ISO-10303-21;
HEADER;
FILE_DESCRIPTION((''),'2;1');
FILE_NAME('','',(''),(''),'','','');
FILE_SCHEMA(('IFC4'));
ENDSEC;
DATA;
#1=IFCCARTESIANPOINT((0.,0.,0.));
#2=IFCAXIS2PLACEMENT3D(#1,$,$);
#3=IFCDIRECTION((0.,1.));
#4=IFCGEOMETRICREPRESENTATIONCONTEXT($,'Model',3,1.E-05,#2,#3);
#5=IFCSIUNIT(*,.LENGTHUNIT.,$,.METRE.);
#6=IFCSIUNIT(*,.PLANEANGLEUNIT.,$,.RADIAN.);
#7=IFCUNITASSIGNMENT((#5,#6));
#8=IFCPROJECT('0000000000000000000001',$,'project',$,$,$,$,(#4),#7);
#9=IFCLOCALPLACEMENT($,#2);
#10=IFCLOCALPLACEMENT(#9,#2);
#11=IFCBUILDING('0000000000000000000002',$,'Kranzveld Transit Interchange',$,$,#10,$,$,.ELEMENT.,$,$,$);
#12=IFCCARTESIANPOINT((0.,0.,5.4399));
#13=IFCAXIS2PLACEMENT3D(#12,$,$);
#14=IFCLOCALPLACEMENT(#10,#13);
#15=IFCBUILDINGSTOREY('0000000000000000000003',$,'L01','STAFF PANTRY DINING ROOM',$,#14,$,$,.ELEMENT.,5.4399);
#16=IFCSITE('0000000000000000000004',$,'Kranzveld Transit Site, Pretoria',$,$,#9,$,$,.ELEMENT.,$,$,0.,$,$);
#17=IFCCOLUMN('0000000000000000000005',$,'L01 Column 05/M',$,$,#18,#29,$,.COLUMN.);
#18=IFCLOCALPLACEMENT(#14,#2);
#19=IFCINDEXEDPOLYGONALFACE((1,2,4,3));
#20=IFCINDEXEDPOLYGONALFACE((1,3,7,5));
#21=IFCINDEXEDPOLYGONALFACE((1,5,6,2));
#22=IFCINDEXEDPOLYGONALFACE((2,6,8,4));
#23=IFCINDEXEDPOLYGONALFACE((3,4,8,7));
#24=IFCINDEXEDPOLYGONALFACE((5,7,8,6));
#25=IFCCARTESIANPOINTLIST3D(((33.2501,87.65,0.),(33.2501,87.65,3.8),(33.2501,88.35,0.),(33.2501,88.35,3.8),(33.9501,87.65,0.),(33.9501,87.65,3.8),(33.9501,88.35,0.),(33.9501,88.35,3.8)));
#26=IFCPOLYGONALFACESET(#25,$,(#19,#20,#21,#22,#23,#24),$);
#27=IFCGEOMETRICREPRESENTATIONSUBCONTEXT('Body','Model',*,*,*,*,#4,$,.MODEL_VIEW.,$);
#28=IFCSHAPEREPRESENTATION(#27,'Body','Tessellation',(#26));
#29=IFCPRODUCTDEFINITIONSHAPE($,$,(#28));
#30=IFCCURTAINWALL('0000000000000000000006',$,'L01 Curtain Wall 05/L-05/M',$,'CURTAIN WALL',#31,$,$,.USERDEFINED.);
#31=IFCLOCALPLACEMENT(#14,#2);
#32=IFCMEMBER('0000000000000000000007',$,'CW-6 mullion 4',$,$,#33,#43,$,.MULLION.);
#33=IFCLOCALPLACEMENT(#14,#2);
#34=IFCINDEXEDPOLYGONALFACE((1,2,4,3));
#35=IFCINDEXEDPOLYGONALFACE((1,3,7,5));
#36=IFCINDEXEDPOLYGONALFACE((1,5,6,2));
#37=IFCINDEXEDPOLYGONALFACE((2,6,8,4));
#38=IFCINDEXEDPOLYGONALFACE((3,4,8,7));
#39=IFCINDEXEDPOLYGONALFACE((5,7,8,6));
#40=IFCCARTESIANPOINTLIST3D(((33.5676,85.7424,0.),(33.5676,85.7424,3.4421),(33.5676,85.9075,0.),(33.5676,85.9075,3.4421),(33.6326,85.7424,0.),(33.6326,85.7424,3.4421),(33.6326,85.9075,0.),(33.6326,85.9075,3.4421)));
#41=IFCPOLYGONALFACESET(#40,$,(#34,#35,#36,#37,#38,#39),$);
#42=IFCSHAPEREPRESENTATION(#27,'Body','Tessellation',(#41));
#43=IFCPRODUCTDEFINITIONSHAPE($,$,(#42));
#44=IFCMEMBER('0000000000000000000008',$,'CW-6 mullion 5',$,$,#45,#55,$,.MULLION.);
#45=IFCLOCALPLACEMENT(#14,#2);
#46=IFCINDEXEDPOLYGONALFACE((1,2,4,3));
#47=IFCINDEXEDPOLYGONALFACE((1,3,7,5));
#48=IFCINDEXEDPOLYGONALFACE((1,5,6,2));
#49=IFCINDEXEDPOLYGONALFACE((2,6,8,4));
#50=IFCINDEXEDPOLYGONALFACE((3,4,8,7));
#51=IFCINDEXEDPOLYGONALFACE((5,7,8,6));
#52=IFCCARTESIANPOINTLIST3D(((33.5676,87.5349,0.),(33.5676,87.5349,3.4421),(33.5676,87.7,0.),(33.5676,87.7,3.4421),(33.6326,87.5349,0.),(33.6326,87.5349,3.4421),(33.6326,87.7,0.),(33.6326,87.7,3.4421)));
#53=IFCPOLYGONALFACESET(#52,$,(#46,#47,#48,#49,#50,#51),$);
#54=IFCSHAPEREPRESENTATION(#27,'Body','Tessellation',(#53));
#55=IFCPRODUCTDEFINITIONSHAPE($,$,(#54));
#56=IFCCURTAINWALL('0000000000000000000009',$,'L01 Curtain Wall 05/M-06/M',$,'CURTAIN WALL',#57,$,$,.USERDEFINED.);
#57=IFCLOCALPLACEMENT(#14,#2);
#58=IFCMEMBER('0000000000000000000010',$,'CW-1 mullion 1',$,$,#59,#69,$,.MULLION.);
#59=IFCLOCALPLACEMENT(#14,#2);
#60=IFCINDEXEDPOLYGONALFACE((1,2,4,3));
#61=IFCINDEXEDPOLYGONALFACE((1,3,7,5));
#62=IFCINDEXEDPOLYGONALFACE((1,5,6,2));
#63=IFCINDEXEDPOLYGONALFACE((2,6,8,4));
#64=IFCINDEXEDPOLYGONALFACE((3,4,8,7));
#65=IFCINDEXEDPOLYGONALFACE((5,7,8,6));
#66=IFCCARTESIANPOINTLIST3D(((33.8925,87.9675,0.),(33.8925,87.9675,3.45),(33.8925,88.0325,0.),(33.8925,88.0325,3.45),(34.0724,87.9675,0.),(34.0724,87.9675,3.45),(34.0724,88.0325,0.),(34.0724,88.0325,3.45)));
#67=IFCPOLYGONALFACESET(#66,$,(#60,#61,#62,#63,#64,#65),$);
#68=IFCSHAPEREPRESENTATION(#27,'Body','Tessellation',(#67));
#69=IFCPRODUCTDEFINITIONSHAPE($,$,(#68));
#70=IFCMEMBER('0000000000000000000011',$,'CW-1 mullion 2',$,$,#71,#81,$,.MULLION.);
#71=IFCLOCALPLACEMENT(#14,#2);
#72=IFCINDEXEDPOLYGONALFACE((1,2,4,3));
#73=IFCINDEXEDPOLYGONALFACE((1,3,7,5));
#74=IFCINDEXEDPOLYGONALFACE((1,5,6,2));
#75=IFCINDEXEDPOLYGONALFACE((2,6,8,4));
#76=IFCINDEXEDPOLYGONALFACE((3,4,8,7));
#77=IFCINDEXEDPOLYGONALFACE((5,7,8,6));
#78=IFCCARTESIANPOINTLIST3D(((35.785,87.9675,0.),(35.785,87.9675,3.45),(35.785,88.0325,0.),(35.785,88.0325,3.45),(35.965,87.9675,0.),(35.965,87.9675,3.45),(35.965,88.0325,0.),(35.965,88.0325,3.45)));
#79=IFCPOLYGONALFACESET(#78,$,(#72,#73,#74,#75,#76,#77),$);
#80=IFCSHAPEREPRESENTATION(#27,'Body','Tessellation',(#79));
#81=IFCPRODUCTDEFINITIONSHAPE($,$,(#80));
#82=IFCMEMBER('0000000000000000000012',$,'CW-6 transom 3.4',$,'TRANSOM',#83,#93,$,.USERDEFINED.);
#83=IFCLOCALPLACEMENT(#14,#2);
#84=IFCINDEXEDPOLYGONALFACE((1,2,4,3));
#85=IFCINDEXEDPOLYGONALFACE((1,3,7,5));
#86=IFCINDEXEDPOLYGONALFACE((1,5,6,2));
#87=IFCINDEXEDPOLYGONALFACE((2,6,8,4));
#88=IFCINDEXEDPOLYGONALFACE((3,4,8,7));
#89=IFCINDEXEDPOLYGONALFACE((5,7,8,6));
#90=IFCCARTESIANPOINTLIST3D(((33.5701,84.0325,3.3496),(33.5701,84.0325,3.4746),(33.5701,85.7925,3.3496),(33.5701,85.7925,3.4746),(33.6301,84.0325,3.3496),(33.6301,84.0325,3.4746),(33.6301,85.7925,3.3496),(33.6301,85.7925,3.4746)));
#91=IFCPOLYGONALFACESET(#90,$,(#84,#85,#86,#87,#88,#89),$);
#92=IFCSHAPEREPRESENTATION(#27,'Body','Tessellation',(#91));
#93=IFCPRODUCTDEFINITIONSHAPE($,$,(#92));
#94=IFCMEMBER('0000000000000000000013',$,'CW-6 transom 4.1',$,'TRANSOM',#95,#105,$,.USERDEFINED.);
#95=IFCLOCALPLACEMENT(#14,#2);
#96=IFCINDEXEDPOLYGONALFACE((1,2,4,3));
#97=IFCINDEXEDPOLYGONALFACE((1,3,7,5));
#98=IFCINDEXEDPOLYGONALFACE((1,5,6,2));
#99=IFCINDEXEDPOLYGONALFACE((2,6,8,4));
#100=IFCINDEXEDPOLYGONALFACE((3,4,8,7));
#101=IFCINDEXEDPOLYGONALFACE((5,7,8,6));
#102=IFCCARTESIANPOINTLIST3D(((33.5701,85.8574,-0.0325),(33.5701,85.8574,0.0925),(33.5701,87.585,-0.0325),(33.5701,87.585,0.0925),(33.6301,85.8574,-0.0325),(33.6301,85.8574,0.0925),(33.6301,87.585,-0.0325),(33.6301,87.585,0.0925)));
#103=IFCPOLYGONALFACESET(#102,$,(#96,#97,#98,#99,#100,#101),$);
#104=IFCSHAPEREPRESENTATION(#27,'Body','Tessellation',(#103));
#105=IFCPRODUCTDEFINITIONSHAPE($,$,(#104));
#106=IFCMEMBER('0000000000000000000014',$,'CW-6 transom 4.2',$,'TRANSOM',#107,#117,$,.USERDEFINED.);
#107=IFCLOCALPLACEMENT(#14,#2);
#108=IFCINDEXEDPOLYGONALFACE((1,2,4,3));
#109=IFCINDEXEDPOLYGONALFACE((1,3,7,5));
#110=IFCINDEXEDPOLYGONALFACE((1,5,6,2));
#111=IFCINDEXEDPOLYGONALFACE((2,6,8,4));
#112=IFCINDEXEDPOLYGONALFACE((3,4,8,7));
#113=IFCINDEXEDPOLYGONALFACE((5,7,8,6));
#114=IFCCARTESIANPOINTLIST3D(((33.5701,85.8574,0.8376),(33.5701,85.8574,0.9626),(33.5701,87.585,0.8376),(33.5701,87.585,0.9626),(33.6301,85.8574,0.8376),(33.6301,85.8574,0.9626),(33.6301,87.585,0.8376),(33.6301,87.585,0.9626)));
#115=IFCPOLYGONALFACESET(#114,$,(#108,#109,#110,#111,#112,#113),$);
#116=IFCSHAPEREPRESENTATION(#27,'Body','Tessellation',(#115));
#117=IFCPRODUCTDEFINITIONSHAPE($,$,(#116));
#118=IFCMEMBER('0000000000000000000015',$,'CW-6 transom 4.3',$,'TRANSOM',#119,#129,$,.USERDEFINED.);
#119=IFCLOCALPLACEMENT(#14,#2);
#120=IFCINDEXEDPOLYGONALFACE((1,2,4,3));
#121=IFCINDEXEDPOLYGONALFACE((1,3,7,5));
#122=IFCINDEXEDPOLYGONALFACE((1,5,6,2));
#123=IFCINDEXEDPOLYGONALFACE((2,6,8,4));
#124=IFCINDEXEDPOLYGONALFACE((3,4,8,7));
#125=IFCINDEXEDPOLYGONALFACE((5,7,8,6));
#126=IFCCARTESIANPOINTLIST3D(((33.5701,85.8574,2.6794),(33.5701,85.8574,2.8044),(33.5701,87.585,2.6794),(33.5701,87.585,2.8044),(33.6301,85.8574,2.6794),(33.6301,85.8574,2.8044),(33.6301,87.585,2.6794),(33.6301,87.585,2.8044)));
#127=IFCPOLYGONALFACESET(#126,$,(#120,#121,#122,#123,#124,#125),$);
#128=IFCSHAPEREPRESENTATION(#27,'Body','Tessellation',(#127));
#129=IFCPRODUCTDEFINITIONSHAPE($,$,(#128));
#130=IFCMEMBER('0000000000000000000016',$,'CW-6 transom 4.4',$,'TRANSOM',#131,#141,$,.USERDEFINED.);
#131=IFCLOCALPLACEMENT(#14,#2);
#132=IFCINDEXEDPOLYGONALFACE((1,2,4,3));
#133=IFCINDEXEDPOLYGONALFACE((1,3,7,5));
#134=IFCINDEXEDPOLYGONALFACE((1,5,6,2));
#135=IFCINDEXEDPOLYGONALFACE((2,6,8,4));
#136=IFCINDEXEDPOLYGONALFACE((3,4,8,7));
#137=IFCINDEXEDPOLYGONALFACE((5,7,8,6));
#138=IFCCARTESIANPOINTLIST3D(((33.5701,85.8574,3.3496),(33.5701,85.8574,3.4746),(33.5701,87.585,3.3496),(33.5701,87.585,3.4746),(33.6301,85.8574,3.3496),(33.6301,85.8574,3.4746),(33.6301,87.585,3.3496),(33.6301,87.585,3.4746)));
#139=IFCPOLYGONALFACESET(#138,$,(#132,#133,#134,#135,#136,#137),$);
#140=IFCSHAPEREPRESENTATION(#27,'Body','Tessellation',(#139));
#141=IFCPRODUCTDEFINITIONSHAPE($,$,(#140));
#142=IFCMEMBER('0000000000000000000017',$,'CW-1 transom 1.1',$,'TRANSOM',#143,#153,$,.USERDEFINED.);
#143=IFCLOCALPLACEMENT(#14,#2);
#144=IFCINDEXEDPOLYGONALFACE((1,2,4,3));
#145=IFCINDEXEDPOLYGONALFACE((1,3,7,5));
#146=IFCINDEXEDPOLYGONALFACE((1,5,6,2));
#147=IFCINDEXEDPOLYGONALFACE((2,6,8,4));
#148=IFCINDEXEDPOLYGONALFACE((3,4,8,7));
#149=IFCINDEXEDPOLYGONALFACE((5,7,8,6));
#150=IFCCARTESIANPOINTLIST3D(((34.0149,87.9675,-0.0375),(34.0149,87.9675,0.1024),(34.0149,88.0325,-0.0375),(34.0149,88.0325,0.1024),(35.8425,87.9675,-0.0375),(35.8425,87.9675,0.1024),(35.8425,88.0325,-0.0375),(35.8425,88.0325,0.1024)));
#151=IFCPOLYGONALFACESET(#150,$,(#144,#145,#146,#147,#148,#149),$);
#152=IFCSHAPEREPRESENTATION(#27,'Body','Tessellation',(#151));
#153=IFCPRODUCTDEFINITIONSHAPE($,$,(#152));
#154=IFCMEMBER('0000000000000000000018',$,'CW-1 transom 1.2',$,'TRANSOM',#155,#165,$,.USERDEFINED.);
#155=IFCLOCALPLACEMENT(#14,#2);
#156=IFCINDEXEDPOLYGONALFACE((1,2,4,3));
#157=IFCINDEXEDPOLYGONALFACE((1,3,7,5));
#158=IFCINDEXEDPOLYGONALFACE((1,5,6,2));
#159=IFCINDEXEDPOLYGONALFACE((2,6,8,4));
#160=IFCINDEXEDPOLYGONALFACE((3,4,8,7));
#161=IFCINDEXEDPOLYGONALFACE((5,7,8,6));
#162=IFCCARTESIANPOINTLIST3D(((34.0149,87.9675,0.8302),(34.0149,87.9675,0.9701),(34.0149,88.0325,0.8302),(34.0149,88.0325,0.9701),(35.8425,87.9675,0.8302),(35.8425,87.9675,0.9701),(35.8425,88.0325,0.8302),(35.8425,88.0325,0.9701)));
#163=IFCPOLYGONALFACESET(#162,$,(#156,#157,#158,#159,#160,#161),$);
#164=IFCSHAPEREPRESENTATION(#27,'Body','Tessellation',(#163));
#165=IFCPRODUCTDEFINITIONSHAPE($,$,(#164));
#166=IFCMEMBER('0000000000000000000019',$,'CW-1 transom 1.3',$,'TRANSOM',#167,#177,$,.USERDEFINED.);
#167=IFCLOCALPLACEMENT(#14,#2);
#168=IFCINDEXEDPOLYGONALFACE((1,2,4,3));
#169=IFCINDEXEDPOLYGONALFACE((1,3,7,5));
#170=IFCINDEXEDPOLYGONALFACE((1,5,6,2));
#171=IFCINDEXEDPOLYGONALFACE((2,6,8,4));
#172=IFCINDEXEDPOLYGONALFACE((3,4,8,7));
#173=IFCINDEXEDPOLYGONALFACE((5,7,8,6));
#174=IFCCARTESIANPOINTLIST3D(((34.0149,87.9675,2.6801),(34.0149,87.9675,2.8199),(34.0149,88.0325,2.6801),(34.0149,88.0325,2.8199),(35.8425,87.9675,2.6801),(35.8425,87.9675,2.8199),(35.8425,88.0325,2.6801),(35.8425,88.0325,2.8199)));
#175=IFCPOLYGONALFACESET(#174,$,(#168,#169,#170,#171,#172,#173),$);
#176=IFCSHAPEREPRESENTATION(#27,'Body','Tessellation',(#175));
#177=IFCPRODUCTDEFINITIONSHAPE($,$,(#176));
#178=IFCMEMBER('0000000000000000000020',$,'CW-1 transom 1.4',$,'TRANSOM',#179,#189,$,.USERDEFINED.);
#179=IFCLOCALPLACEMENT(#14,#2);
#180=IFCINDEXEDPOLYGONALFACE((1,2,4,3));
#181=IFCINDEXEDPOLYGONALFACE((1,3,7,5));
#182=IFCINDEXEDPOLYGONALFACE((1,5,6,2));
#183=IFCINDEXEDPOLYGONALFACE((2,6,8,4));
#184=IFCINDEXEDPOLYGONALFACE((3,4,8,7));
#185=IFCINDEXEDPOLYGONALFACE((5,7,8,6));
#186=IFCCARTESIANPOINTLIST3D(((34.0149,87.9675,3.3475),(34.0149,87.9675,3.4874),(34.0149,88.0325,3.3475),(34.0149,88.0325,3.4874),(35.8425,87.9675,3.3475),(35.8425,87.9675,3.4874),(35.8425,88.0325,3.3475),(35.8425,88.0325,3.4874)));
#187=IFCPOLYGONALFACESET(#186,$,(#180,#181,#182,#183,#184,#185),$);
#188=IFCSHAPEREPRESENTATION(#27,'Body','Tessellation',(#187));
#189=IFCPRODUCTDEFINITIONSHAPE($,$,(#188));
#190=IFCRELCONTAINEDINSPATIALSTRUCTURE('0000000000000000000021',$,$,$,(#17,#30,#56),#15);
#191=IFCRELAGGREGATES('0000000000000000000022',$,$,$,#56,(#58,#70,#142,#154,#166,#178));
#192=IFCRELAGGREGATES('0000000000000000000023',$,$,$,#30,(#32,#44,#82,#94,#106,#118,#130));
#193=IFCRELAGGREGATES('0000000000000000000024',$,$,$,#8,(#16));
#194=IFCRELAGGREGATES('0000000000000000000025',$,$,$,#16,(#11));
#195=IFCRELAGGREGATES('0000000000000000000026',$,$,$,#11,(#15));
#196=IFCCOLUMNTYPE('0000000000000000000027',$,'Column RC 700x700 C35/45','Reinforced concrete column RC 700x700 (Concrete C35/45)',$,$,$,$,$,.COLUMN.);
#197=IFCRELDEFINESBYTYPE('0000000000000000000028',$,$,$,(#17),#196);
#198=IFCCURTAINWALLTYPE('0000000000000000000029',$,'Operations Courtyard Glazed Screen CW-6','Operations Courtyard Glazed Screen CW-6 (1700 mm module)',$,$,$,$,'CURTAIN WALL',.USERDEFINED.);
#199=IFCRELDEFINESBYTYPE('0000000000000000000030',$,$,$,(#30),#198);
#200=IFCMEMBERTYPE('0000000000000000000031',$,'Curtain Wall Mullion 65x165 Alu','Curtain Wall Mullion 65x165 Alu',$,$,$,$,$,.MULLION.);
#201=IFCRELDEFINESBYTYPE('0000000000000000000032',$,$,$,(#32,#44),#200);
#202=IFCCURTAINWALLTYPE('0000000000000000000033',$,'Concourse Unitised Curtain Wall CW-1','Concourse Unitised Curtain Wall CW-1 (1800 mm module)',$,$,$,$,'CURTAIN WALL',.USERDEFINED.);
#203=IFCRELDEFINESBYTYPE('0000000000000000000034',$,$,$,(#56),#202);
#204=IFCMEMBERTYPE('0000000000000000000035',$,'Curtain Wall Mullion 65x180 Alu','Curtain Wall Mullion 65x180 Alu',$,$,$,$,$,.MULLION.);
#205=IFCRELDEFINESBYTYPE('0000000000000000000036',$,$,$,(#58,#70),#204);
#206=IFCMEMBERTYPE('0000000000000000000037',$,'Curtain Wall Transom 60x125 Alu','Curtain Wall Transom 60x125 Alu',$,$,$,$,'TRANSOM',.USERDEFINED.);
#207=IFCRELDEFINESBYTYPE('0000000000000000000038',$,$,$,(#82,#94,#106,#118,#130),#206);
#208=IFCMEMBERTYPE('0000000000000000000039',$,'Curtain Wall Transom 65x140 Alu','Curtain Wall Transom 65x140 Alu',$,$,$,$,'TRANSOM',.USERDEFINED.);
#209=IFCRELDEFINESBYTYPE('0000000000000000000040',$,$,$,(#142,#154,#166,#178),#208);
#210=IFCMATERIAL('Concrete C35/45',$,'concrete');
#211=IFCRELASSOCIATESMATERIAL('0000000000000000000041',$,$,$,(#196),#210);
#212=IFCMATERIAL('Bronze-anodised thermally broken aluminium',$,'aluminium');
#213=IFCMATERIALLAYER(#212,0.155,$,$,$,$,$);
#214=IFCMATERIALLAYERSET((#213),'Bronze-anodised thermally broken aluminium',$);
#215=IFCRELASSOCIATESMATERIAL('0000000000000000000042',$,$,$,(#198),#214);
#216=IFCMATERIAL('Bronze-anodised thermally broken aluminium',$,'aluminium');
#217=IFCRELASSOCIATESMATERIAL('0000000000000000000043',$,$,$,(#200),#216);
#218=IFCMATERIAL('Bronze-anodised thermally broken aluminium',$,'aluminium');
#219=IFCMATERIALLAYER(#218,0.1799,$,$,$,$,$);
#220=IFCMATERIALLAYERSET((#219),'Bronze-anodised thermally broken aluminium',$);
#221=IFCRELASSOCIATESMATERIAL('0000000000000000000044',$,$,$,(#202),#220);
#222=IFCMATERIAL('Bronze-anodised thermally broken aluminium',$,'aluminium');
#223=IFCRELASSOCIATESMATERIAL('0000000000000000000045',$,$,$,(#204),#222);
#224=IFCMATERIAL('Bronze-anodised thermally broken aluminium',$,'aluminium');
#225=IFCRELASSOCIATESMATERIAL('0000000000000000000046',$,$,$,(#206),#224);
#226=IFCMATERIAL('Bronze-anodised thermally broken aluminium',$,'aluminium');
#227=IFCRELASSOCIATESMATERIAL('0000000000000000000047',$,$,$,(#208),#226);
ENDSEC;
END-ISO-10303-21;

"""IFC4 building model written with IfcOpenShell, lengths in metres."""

from ifc_helpers import new_model, si_unit, direction, frame, origin, origin_2d, place, context, subcontext, project, spatial, rectangle, extrude, material, layer, layer_set, material_profile, profile_set, type_object, element, aggregate, save


model = new_model("IFC4")

# Units and contexts
model_context = context("Model", 3, precision=1e-05, world=origin(), true_north=direction((0.0, 1.0)))
body_context = subcontext(model_context, "Body", "Model", "MODEL_VIEW")
ifc_project = project(units=[si_unit("LENGTHUNIT", "METRE"), si_unit("PLANEANGLEUNIT", "RADIAN")], contexts=[model_context])

# Site, building, storey
site_placement = place(None, origin())
site = spatial("IfcSite", under=ifc_project, at=site_placement, Name="Kranzveld Transit Site, Pretoria", CompositionType="ELEMENT", RefElevation=0.0)
building_placement = place(site_placement, origin())
building = spatial("IfcBuilding", under=site, at=building_placement, Name="Kranzveld Transit Interchange", CompositionType="ELEMENT")
storey_placement = place(building_placement, frame((0.0, 0.0, 5.4399)))
storey = spatial("IfcBuildingStorey", under=building, at=storey_placement, Name="L01", Description="STAFF PANTRY DINING ROOM", CompositionType="ELEMENT", Elevation=5.4399)

# Column
ifc_material_1 = material(Name="Concrete C35/45", Category="concrete")
ifc_material_profile_1 = material_profile(ifc_material_1, rectangle(XDim=0.7, YDim=0.7, at=origin_2d()), Name="RC 700x700")
ifc_profile_set_1 = profile_set([ifc_material_profile_1], Name="Concrete C35/45")
column_type = type_object("IfcColumnType", Name="Column RC 700x700 C35/45", Description="Reinforced concrete column RC 700x700 (Concrete C35/45)", PredefinedType="COLUMN", material=ifc_profile_set_1)
column_placement = place(storey_placement, frame((33.6001, 88.0, 0.0), z_axis=(0.0, 0.0, 1.0), x_axis=(1.0, 0.0, 0.0)))
element("IfcColumn", 1, at=column_placement, inside=storey, type_object=column_type, Name="L01 Column 05/M", PredefinedType="COLUMN", context=body_context, shape_type="SweptSolid", body=[
    extrude(rectangle(XDim=0.7, YDim=0.7, at=origin_2d()), origin(), (0.0, 0.0, 1.0), 3.8),
])

# Curtain walls, members
ifc_material_2 = material(Name="Bronze-anodised thermally broken aluminium", Category="aluminium")
ifc_layer_1 = layer(ifc_material_2, 0.155)
ifc_layer_set_1 = layer_set([ifc_layer_1], Name="Bronze-anodised thermally broken aluminium")
curtain_wall_type_1 = type_object("IfcCurtainWallType", Name="Operations Courtyard Glazed Screen CW-6", Description="Operations Courtyard Glazed Screen CW-6 (1700 mm module)", ElementType="CURTAIN WALL", PredefinedType="USERDEFINED", material=ifc_layer_set_1)
curtain_wall_1_placement = place(storey_placement, origin())
curtain_wall_1 = element("IfcCurtainWall", 2, at=curtain_wall_1_placement, inside=storey, type_object=curtain_wall_type_1, Name="L01 Curtain Wall 05/L-05/M", ObjectType="CURTAIN WALL", PredefinedType="USERDEFINED")
ifc_material_3 = material(Name="Bronze-anodised thermally broken aluminium", Category="aluminium")
ifc_material_profile_2 = material_profile(ifc_material_3, rectangle(XDim=0.0649, YDim=0.165, at=origin_2d()), Name="ALU MULLION 65x165")
ifc_profile_set_2 = profile_set([ifc_material_profile_2], Name="Bronze-anodised thermally broken aluminium")
member_type_1 = type_object("IfcMemberType", Name="Curtain Wall Mullion 65x165 Alu", Description="Curtain Wall Mullion 65x165 Alu", PredefinedType="MULLION", material=ifc_profile_set_2)
member_1_placement = place(storey_placement, frame((33.6001, 85.825, 0.0), z_axis=(0.0, 0.0, 1.0), x_axis=(-1.0, 0.0, 0.0)))
member_1 = element("IfcMember", 3, at=member_1_placement, type_object=member_type_1, Name="CW-6 mullion 4", PredefinedType="MULLION", context=body_context, shape_type="SweptSolid", body=[
    extrude(rectangle(XDim=0.0649, YDim=0.165, at=origin_2d()), origin(), (0.0, 0.0, 1.0), 3.4421),
])
member_2_placement = place(storey_placement, frame((33.6001, 87.6174, 0.0), z_axis=(0.0, 0.0, 1.0), x_axis=(-1.0, 0.0, 0.0)))
member_2 = element("IfcMember", 4, at=member_2_placement, type_object=member_type_1, Name="CW-6 mullion 5", PredefinedType="MULLION", context=body_context, shape_type="SweptSolid", body=[
    extrude(rectangle(XDim=0.0649, YDim=0.165, at=origin_2d()), origin(), (0.0, 0.0, 1.0), 3.4421),
])
ifc_material_4 = material(Name="Bronze-anodised thermally broken aluminium", Category="aluminium")
ifc_layer_2 = layer(ifc_material_4, 0.1799)
ifc_layer_set_2 = layer_set([ifc_layer_2], Name="Bronze-anodised thermally broken aluminium")
curtain_wall_type_2 = type_object("IfcCurtainWallType", Name="Concourse Unitised Curtain Wall CW-1", Description="Concourse Unitised Curtain Wall CW-1 (1800 mm module)", ElementType="CURTAIN WALL", PredefinedType="USERDEFINED", material=ifc_layer_set_2)
curtain_wall_2_placement = place(storey_placement, origin())
curtain_wall_2 = element("IfcCurtainWall", 5, at=curtain_wall_2_placement, inside=storey, type_object=curtain_wall_type_2, Name="L01 Curtain Wall 05/M-06/M", ObjectType="CURTAIN WALL", PredefinedType="USERDEFINED")
ifc_material_5 = material(Name="Bronze-anodised thermally broken aluminium", Category="aluminium")
ifc_material_profile_3 = material_profile(ifc_material_5, rectangle(XDim=0.0649, YDim=0.1799, at=origin_2d()), Name="ALU MULLION 65x180")
ifc_profile_set_3 = profile_set([ifc_material_profile_3], Name="Bronze-anodised thermally broken aluminium")
member_type_2 = type_object("IfcMemberType", Name="Curtain Wall Mullion 65x180 Alu", Description="Curtain Wall Mullion 65x180 Alu", PredefinedType="MULLION", material=ifc_profile_set_3)
member_3_placement = place(storey_placement, frame((33.9824, 88.0, 0.0), z_axis=(0.0, 0.0, 1.0), x_axis=(0.0, 1.0, 0.0)))
member_3 = element("IfcMember", 6, at=member_3_placement, type_object=member_type_2, Name="CW-1 mullion 1", PredefinedType="MULLION", context=body_context, shape_type="SweptSolid", body=[
    extrude(rectangle(XDim=0.0649, YDim=0.1799, at=origin_2d()), origin(), (0.0, 0.0, 1.0), 3.45),
])
member_4_placement = place(storey_placement, frame((35.875, 88.0, 0.0), z_axis=(0.0, 0.0, 1.0), x_axis=(0.0, 1.0, 0.0)))
member_4 = element("IfcMember", 7, at=member_4_placement, type_object=member_type_2, Name="CW-1 mullion 2", PredefinedType="MULLION", context=body_context, shape_type="SweptSolid", body=[
    extrude(rectangle(XDim=0.0649, YDim=0.1799, at=origin_2d()), origin(), (0.0, 0.0, 1.0), 3.45),
])

# Members
ifc_material_6 = material(Name="Bronze-anodised thermally broken aluminium", Category="aluminium")
ifc_material_profile_4 = material_profile(ifc_material_6, rectangle(XDim=0.0601, YDim=0.125, at=origin_2d()), Name="ALU TRANSOM 60x125")
ifc_profile_set_4 = profile_set([ifc_material_profile_4], Name="Bronze-anodised thermally broken aluminium")
member_type_3 = type_object("IfcMemberType", Name="Curtain Wall Transom 60x125 Alu", Description="Curtain Wall Transom 60x125 Alu", ElementType="TRANSOM", PredefinedType="USERDEFINED", material=ifc_profile_set_4)
member_5_placement = place(storey_placement, frame((33.6001, 84.0325, 3.4121), z_axis=(0.0, 1.0, 0.0), x_axis=(-1.0, 0.0, 0.0)))
member_5 = element("IfcMember", 8, at=member_5_placement, type_object=member_type_3, Name="CW-6 transom 3.4", ObjectType="TRANSOM", PredefinedType="USERDEFINED", context=body_context, shape_type="SweptSolid", body=[
    extrude(rectangle(XDim=0.0601, YDim=0.125, at=origin_2d()), origin(), (0.0, 0.0, 1.0), 1.76),
])
member_6_placement = place(storey_placement, frame((33.6001, 85.8574, 0.03), z_axis=(0.0, 1.0, 0.0), x_axis=(-1.0, 0.0, 0.0)))
member_6 = element("IfcMember", 9, at=member_6_placement, type_object=member_type_3, Name="CW-6 transom 4.1", ObjectType="TRANSOM", PredefinedType="USERDEFINED", context=body_context, shape_type="SweptSolid", body=[
    extrude(rectangle(XDim=0.0601, YDim=0.125, at=origin_2d()), origin(), (0.0, 0.0, 1.0), 1.7275),
])
member_7_placement = place(storey_placement, frame((33.6001, 85.8574, 0.9001), z_axis=(0.0, 1.0, 0.0), x_axis=(-1.0, 0.0, 0.0)))
member_7 = element("IfcMember", 10, at=member_7_placement, type_object=member_type_3, Name="CW-6 transom 4.2", ObjectType="TRANSOM", PredefinedType="USERDEFINED", context=body_context, shape_type="SweptSolid", body=[
    extrude(rectangle(XDim=0.0601, YDim=0.125, at=origin_2d()), origin(), (0.0, 0.0, 1.0), 1.7275),
])
member_8_placement = place(storey_placement, frame((33.6001, 85.8574, 2.7419), z_axis=(0.0, 1.0, 0.0), x_axis=(-1.0, 0.0, 0.0)))
member_8 = element("IfcMember", 11, at=member_8_placement, type_object=member_type_3, Name="CW-6 transom 4.3", ObjectType="TRANSOM", PredefinedType="USERDEFINED", context=body_context, shape_type="SweptSolid", body=[
    extrude(rectangle(XDim=0.0601, YDim=0.125, at=origin_2d()), origin(), (0.0, 0.0, 1.0), 1.7275),
])
member_9_placement = place(storey_placement, frame((33.6001, 85.8574, 3.4121), z_axis=(0.0, 1.0, 0.0), x_axis=(-1.0, 0.0, 0.0)))
member_9 = element("IfcMember", 12, at=member_9_placement, type_object=member_type_3, Name="CW-6 transom 4.4", ObjectType="TRANSOM", PredefinedType="USERDEFINED", context=body_context, shape_type="SweptSolid", body=[
    extrude(rectangle(XDim=0.0601, YDim=0.125, at=origin_2d()), origin(), (0.0, 0.0, 1.0), 1.7275),
])
ifc_material_7 = material(Name="Bronze-anodised thermally broken aluminium", Category="aluminium")
ifc_material_profile_5 = material_profile(ifc_material_7, rectangle(XDim=0.0649, YDim=0.1399, at=origin_2d()), Name="ALU TRANSOM 65x140")
ifc_profile_set_5 = profile_set([ifc_material_profile_5], Name="Bronze-anodised thermally broken aluminium")
member_type_4 = type_object("IfcMemberType", Name="Curtain Wall Transom 65x140 Alu", Description="Curtain Wall Transom 65x140 Alu", ElementType="TRANSOM", PredefinedType="USERDEFINED", material=ifc_profile_set_5)
member_10_placement = place(storey_placement, frame((34.0149, 88.0, 0.0325), z_axis=(1.0, 0.0, 0.0), x_axis=(0.0, 1.0, 0.0)))
member_10 = element("IfcMember", 13, at=member_10_placement, type_object=member_type_4, Name="CW-1 transom 1.1", ObjectType="TRANSOM", PredefinedType="USERDEFINED", context=body_context, shape_type="SweptSolid", body=[
    extrude(rectangle(XDim=0.0649, YDim=0.1399, at=origin_2d()), origin(), (0.0, 0.0, 1.0), 1.8276),
])
member_11_placement = place(storey_placement, frame((34.0149, 88.0, 0.9001), z_axis=(1.0, 0.0, 0.0), x_axis=(0.0, 1.0, 0.0)))
member_11 = element("IfcMember", 14, at=member_11_placement, type_object=member_type_4, Name="CW-1 transom 1.2", ObjectType="TRANSOM", PredefinedType="USERDEFINED", context=body_context, shape_type="SweptSolid", body=[
    extrude(rectangle(XDim=0.0649, YDim=0.1399, at=origin_2d()), origin(), (0.0, 0.0, 1.0), 1.8276),
])
member_12_placement = place(storey_placement, frame((34.0149, 88.0, 2.75), z_axis=(1.0, 0.0, 0.0), x_axis=(0.0, 1.0, 0.0)))
member_12 = element("IfcMember", 15, at=member_12_placement, type_object=member_type_4, Name="CW-1 transom 1.3", ObjectType="TRANSOM", PredefinedType="USERDEFINED", context=body_context, shape_type="SweptSolid", body=[
    extrude(rectangle(XDim=0.0649, YDim=0.1399, at=origin_2d()), origin(), (0.0, 0.0, 1.0), 1.8276),
])
member_13_placement = place(storey_placement, frame((34.0149, 88.0, 3.4175), z_axis=(1.0, 0.0, 0.0), x_axis=(0.0, 1.0, 0.0)))
member_13 = element("IfcMember", 16, at=member_13_placement, type_object=member_type_4, Name="CW-1 transom 1.4", ObjectType="TRANSOM", PredefinedType="USERDEFINED", context=body_context, shape_type="SweptSolid", body=[
    extrude(rectangle(XDim=0.0649, YDim=0.1399, at=origin_2d()), origin(), (0.0, 0.0, 1.0), 1.8276),
])

aggregate(curtain_wall_2, [member_3, member_4, member_10, member_11, member_12, member_13])
aggregate(curtain_wall_1, [member_1, member_2, member_5, member_6, member_7, member_8, member_9])

save(model, "model.ifc")
